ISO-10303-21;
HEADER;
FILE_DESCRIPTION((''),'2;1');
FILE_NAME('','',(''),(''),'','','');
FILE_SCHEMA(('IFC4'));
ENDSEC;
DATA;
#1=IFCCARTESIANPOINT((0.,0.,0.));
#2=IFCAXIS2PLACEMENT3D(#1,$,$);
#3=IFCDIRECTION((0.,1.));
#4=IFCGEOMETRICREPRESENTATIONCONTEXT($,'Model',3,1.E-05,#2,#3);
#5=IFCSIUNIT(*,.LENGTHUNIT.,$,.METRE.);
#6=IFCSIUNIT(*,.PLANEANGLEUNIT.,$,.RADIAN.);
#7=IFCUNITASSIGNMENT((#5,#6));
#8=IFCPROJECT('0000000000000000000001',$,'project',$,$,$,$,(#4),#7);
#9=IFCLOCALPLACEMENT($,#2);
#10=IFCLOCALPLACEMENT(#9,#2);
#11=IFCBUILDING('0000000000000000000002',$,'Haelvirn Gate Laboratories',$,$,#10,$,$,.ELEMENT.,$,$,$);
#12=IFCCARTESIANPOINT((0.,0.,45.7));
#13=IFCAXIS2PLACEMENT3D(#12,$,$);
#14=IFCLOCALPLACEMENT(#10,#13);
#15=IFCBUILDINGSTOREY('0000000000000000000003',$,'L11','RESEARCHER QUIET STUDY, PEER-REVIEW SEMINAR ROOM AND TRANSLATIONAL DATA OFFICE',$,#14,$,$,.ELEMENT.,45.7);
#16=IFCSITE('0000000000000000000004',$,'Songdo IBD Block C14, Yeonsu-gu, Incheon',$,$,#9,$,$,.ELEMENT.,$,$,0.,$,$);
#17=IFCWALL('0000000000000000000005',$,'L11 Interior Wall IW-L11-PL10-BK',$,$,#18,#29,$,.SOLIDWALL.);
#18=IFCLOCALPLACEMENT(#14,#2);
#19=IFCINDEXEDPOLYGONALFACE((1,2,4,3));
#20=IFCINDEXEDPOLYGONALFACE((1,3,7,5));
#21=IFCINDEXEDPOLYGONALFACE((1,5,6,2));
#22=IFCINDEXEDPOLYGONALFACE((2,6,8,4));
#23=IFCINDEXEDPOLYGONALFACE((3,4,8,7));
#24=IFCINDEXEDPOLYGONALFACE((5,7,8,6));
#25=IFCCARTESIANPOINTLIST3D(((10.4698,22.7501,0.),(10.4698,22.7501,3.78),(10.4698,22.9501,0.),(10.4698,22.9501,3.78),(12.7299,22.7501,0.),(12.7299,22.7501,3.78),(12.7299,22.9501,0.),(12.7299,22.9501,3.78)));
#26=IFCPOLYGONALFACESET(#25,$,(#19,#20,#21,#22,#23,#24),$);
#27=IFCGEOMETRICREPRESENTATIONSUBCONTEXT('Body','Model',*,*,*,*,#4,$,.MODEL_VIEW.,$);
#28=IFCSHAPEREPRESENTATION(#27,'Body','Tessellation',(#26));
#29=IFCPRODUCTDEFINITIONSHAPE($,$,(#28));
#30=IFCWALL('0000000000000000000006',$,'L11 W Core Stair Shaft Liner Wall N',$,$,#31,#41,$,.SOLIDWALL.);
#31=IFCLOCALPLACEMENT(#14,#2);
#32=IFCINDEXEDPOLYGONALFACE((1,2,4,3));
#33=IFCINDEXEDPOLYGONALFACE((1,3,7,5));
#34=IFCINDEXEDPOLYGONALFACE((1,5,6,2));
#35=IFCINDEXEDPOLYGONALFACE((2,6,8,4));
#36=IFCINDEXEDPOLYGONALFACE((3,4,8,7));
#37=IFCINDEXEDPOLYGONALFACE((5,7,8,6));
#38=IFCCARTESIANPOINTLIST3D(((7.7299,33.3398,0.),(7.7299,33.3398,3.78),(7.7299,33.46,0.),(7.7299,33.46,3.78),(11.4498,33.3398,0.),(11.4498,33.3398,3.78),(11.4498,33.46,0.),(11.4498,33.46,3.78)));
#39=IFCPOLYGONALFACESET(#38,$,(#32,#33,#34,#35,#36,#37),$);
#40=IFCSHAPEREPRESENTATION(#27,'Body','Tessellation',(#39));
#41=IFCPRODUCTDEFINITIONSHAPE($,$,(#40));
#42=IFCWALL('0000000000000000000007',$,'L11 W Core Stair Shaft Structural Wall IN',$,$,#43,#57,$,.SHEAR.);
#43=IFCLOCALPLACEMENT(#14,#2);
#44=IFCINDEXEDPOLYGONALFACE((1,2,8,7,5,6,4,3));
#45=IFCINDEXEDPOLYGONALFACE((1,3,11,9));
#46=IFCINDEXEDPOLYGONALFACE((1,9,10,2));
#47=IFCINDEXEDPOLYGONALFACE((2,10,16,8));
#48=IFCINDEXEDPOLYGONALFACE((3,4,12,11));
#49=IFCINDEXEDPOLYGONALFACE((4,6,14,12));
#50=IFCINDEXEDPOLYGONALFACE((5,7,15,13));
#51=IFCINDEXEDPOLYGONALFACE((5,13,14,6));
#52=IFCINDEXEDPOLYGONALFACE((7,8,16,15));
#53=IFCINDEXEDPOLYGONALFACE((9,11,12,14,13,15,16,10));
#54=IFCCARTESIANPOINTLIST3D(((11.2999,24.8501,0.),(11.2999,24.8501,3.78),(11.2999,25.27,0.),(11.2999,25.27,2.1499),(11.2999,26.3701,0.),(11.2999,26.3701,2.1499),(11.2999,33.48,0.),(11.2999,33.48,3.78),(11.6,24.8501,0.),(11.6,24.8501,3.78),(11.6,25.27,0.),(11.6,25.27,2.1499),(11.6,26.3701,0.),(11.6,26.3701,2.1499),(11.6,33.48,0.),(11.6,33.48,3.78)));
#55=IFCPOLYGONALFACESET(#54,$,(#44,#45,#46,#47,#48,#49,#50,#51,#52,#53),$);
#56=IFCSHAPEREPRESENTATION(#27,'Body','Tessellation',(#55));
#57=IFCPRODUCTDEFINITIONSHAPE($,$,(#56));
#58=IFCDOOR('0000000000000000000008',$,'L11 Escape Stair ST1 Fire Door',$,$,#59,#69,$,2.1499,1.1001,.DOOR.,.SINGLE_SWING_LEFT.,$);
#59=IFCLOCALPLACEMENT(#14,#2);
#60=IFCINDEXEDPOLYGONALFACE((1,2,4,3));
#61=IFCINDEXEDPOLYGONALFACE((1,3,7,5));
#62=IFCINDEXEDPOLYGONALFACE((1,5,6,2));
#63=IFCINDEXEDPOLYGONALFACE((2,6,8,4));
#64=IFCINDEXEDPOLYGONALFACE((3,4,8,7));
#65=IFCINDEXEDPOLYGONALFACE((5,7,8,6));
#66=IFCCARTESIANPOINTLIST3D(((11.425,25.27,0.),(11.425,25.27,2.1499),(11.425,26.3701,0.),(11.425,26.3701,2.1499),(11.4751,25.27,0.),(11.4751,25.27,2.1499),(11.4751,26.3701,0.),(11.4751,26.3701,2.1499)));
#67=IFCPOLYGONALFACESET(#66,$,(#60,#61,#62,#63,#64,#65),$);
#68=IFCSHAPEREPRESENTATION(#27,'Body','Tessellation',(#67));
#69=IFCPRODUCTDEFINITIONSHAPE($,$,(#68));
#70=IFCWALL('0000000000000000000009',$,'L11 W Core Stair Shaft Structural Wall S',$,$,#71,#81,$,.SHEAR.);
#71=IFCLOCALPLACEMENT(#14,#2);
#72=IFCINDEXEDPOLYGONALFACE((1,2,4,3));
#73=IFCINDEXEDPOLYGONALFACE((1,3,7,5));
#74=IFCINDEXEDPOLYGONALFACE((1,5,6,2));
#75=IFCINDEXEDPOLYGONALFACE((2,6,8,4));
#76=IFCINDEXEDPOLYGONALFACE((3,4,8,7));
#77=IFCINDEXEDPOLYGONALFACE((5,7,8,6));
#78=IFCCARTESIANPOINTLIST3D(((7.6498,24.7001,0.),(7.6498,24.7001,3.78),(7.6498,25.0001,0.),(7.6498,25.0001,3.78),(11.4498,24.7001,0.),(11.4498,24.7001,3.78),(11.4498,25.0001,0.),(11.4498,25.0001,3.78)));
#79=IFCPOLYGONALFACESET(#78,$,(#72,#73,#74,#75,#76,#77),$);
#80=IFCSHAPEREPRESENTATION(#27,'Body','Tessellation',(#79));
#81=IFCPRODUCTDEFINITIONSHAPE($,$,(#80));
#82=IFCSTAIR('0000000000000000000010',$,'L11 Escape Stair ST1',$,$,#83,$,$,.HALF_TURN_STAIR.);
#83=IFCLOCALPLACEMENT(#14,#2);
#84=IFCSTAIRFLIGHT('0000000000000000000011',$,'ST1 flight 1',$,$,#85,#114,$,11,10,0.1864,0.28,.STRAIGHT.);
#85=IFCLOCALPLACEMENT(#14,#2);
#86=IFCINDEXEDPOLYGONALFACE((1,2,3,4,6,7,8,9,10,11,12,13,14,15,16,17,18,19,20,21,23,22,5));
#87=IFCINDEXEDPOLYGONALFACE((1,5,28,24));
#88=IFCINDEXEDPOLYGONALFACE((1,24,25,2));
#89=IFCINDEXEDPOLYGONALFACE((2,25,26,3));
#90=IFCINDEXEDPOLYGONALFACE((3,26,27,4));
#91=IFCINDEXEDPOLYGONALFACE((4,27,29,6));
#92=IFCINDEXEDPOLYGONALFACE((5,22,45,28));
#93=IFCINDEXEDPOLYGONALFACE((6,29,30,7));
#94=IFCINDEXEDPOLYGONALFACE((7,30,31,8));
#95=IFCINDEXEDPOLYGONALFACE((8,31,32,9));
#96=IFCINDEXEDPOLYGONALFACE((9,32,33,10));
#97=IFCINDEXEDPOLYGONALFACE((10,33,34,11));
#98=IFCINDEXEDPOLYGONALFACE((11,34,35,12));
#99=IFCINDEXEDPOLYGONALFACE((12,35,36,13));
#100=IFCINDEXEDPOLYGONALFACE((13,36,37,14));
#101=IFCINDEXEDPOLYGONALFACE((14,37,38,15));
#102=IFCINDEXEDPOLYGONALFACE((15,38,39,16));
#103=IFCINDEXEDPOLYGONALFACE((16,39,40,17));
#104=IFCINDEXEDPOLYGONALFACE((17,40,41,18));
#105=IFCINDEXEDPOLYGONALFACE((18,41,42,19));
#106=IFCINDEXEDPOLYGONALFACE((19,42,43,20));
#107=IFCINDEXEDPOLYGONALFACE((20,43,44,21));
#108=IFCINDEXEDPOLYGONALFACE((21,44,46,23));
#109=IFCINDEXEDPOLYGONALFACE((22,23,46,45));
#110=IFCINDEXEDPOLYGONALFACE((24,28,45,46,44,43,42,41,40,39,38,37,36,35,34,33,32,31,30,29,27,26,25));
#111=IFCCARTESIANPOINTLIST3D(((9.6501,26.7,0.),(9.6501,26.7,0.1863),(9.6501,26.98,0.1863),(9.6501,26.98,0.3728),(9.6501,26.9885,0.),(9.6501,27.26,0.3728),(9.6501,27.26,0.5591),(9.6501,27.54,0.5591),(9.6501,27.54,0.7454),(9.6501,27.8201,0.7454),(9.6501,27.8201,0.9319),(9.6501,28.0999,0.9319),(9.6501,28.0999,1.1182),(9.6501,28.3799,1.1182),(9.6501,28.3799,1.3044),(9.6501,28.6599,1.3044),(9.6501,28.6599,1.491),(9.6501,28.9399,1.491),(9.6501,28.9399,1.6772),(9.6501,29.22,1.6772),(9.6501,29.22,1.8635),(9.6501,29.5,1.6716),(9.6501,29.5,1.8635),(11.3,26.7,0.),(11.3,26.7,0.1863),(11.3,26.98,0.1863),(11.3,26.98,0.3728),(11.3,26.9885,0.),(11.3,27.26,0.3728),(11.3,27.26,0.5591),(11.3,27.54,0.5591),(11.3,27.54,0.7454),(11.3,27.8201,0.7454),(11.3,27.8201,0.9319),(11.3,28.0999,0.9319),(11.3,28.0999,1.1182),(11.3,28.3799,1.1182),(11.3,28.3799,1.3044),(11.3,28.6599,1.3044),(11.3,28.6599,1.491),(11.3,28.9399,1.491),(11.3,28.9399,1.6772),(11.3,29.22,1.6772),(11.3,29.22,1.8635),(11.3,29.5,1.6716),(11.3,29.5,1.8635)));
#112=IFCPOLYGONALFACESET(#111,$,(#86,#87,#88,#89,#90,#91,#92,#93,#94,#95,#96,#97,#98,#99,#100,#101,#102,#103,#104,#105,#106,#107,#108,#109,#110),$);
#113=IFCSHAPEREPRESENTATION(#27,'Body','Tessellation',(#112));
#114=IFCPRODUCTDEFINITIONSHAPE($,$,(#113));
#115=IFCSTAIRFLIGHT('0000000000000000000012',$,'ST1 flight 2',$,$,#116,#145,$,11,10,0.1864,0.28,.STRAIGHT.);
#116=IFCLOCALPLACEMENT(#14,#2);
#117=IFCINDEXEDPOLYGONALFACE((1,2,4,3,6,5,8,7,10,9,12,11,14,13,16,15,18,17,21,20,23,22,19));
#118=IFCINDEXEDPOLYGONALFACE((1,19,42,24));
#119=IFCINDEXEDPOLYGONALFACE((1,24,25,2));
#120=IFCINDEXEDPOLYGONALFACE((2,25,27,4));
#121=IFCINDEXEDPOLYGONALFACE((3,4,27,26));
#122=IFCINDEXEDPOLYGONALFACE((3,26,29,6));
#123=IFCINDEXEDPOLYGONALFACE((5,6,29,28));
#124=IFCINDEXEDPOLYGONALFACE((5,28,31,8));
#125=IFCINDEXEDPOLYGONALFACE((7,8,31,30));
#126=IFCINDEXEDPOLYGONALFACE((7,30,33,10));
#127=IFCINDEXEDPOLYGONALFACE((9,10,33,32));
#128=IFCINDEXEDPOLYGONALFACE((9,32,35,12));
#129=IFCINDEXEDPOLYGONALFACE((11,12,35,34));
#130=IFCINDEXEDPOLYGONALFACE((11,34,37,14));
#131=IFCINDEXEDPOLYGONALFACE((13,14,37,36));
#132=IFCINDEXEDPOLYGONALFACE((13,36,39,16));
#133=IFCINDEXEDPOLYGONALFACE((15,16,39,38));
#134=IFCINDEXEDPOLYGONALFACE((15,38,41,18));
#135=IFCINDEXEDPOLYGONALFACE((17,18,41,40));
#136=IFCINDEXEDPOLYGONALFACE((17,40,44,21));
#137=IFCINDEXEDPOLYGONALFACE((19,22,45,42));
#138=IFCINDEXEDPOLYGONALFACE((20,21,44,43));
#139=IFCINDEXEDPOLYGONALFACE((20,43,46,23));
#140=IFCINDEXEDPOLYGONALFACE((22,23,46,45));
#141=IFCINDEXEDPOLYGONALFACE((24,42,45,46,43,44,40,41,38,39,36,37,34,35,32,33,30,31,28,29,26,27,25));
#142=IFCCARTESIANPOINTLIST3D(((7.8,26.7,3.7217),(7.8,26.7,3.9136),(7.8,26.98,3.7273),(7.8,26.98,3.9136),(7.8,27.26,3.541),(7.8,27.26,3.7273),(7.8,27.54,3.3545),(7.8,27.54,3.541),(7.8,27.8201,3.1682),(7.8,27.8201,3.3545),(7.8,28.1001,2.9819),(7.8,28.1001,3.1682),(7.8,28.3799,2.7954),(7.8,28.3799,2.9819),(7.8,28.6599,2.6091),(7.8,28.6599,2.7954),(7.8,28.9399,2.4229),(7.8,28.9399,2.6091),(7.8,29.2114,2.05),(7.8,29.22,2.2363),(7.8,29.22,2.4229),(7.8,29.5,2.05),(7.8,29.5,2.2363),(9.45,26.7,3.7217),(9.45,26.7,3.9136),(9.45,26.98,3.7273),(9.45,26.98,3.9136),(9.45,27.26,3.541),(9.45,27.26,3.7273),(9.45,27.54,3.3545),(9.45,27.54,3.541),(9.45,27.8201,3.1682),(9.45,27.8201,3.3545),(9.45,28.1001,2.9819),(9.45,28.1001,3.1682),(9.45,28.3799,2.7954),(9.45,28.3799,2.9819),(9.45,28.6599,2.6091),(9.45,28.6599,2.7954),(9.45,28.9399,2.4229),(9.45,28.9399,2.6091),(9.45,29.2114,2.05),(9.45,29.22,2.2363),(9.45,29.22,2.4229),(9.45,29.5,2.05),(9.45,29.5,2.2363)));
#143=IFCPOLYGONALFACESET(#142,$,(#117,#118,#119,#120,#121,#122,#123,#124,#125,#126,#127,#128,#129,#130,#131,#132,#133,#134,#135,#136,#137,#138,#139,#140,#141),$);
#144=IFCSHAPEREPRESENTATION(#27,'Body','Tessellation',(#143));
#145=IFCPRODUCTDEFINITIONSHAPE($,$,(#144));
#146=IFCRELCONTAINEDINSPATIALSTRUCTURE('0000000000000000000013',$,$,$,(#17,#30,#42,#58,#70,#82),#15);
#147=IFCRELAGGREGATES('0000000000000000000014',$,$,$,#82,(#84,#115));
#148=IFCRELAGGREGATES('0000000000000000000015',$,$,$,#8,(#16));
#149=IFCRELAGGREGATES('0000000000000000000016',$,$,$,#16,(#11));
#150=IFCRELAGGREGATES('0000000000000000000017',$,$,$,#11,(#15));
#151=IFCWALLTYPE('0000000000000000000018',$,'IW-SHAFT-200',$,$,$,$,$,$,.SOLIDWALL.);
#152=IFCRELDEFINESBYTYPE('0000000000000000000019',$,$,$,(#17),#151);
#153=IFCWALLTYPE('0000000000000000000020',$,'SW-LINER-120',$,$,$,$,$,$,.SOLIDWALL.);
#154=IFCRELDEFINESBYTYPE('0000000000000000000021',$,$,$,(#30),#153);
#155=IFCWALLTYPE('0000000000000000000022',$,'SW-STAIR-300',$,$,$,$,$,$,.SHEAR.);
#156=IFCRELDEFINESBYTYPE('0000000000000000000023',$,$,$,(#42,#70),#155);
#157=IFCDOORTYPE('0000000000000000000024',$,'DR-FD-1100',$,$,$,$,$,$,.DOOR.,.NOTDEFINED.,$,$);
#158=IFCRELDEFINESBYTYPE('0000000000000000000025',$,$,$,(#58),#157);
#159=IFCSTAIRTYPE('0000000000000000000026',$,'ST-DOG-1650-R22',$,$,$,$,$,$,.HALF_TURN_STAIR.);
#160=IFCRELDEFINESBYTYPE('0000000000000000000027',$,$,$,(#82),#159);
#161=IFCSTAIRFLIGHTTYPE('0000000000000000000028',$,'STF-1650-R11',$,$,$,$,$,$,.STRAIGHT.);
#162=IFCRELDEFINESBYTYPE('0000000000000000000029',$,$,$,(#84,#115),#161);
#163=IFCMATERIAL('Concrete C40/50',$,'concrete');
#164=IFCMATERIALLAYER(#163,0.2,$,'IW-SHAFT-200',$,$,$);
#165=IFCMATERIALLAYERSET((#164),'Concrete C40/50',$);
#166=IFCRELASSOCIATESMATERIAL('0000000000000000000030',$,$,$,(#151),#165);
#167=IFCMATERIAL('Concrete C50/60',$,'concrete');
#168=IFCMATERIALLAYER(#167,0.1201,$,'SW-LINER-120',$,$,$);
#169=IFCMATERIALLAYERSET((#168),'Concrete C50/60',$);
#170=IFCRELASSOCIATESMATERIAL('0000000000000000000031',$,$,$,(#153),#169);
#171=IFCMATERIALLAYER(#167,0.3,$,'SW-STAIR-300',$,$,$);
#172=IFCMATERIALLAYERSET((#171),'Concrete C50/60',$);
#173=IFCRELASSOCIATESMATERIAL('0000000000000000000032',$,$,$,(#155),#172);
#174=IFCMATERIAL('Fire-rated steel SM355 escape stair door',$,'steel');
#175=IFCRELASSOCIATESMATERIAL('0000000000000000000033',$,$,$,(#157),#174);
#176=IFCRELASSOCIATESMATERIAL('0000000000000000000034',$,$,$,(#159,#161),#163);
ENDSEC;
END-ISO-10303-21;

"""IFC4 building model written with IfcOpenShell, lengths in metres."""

from ifc_helpers import new_model, si_unit, direction, frame, frame_2d, origin, place, context, subcontext, project, spatial, polyline, rectangle, outline, extrude, source, transform, mapped, material, layer, layer_set, type_object, type_shapes, element, fill, aggregate, save


model = new_model("IFC4")

# Units and contexts
model_context = context("Model", 3, precision=1e-05, world=origin(), true_north=direction((0.0, 1.0)))
body_context = subcontext(model_context, "Body", "Model", "MODEL_VIEW")
ifc_project = project(units=[si_unit("LENGTHUNIT", "METRE"), si_unit("PLANEANGLEUNIT", "RADIAN")], contexts=[model_context])

# Site, building, storey
site_placement = place(None, origin())
site = spatial("IfcSite", under=ifc_project, at=site_placement, Name="Songdo IBD Block C14, Yeonsu-gu, Incheon", CompositionType="ELEMENT", RefElevation=0.0)
building_placement = place(site_placement, origin())
building = spatial("IfcBuilding", under=site, at=building_placement, Name="Haelvirn Gate Laboratories", CompositionType="ELEMENT")
storey_placement = place(building_placement, frame((0.0, 0.0, 45.7)))
storey = spatial("IfcBuildingStorey", under=building, at=storey_placement, Name="L11", Description="RESEARCHER QUIET STUDY, PEER-REVIEW SEMINAR ROOM AND TRANSLATIONAL DATA OFFICE", CompositionType="ELEMENT", Elevation=45.7)

# Walls
ifc_material_1 = material(Name="Concrete C40/50", Category="concrete")
ifc_layer_1 = layer(ifc_material_1, 0.2, Name="IW-SHAFT-200")
ifc_layer_set_1 = layer_set([ifc_layer_1], Name="Concrete C40/50")
wall_type_1 = type_object("IfcWallType", Name="IW-SHAFT-200", PredefinedType="SOLIDWALL", material=ifc_layer_set_1)
wall_1_placement = place(storey_placement, frame((10.47, 22.8501, 0.0), z_axis=(0.0, 0.0, 1.0), x_axis=(1.0, 0.0, 0.0)))
element("IfcWall", 1, at=wall_1_placement, inside=storey, type_object=wall_type_1, Name="L11 Interior Wall IW-L11-PL10-BK", PredefinedType="SOLIDWALL", context=body_context, shape_type="SweptSolid", body=[
    extrude(rectangle(XDim=2.26, YDim=0.2, at=frame_2d((1.1299, 0.0))), origin(), (0.0, 0.0, 1.0), 3.78),
])
ifc_material_2 = material(Name="Concrete C50/60", Category="concrete")
ifc_layer_2 = layer(ifc_material_2, 0.1201, Name="SW-LINER-120")
ifc_layer_set_2 = layer_set([ifc_layer_2], Name="Concrete C50/60")
wall_type_2 = type_object("IfcWallType", Name="SW-LINER-120", PredefinedType="SOLIDWALL", material=ifc_layer_set_2)
wall_2_placement = place(storey_placement, frame((7.73, 33.3999, 0.0), z_axis=(0.0, 0.0, 1.0), x_axis=(1.0, 0.0, 0.0)))
element("IfcWall", 2, at=wall_2_placement, inside=storey, type_object=wall_type_2, Name="L11 W Core Stair Shaft Liner Wall N", PredefinedType="SOLIDWALL", context=body_context, shape_type="SweptSolid", body=[
    extrude(rectangle(XDim=3.72, YDim=0.1201, at=frame_2d((1.8599, 0.0))), origin(), (0.0, 0.0, 1.0), 3.78),
])

# Wall, opening, door
ifc_layer_3 = layer(ifc_material_2, 0.3, Name="SW-STAIR-300")
ifc_layer_set_3 = layer_set([ifc_layer_3], Name="Concrete C50/60")
wall_type_3 = type_object("IfcWallType", Name="SW-STAIR-300", PredefinedType="SHEAR", material=ifc_layer_set_3)
wall_3_placement = place(storey_placement, frame((11.45, 24.8501, 0.0), z_axis=(0.0, 0.0, 1.0), x_axis=(0.0, 1.0, 0.0)))
wall_3 = element("IfcWall", 3, at=wall_3_placement, inside=storey, type_object=wall_type_3, Name="L11 W Core Stair Shaft Structural Wall IN", PredefinedType="SHEAR", context=body_context, shape_type="SweptSolid", body=[
    extrude(rectangle(XDim=8.6299, YDim=0.3, at=frame_2d((4.3149, 0.0))), origin(), (0.0, 0.0, 1.0), 3.78),
])
opening_1_placement = place(wall_3_placement, frame((0.4199, 0.0, 0.0)))
opening_1 = element("IfcOpeningElement", 4, at=opening_1_placement, cuts=wall_3, PredefinedType="OPENING", context=body_context, shape_type="SweptSolid", body=[
    extrude(rectangle(XDim=1.1001, YDim=2.1499, at=frame_2d((0.55, 1.075))), frame((0.0, 0.1602, 0.0), z_axis=(0.0, -1.0, 0.0), x_axis=(1.0, 0.0, 0.0)), (0.0, 0.0, 1.0), 0.3201),
])
ifc_material_3 = material(Name="Fire-rated steel SM355 escape stair door", Category="steel")
door_type_1 = type_object("IfcDoorType", Name="DR-FD-1100", OperationType="NOTDEFINED", PredefinedType="DOOR", material=ifc_material_3)
shared_shape_1 = source(origin(), body_context, "Body", "SweptSolid", [
    extrude(rectangle(XDim=1.1001, YDim=2.1499, at=frame_2d((0.55, 1.075))), frame((0.0, 0.0249, 0.0), z_axis=(0.0, -1.0, 0.0), x_axis=(1.0, 0.0, 0.0)), (0.0, 0.0, 1.0), 0.05),
])
type_shapes(door_type_1, [shared_shape_1])
door_1_placement = place(opening_1_placement, origin())
door_1 = element("IfcDoor", 5, at=door_1_placement, inside=storey, type_object=door_type_1, Name="L11 Escape Stair ST1 Fire Door", OperationType="SINGLE_SWING_LEFT", OverallHeight=2.1499, OverallWidth=1.1001, PredefinedType="DOOR", context=body_context, shape_type="MappedRepresentation", body=[
    mapped(shared_shape_1, transform((0.0, 0.0, 0.0), scale=1.0)),
])
fill(opening_1, door_1)

# Wall
wall_4_placement = place(storey_placement, frame((7.6499, 24.8501, 0.0), z_axis=(0.0, 0.0, 1.0), x_axis=(1.0, 0.0, 0.0)))
element("IfcWall", 6, at=wall_4_placement, inside=storey, type_object=wall_type_3, Name="L11 W Core Stair Shaft Structural Wall S", PredefinedType="SHEAR", context=body_context, shape_type="SweptSolid", body=[
    extrude(rectangle(XDim=3.8, YDim=0.3, at=frame_2d((1.8999, 0.0))), origin(), (0.0, 0.0, 1.0), 3.78),
])

# Stair, stair flights
stair_type = type_object("IfcStairType", Name="ST-DOG-1650-R22", PredefinedType="HALF_TURN_STAIR", material=ifc_material_1)
stair_placement = place(storey_placement, origin())
stair = element("IfcStair", 7, at=stair_placement, inside=storey, type_object=stair_type, Name="L11 Escape Stair ST1", PredefinedType="HALF_TURN_STAIR")
stair_flight_type = type_object("IfcStairFlightType", Name="STF-1650-R11", PredefinedType="STRAIGHT", material=ifc_material_1)
shared_shape_2 = source(origin(), body_context, "Body", "SweptSolid", [
    extrude(outline(polyline([(0.0, 0.0), (0.0, 0.1863), (0.28, 0.1863), (0.28, 0.3728), (0.5601, 0.3728), (0.5601, 0.5591), (0.8401, 0.5591), (0.8401, 0.7454), (1.1201, 0.7454), (1.1201, 0.9319), (1.3999, 0.9319), (1.3999, 1.1182), (1.6799, 1.1182), (1.6799, 1.3044), (1.96, 1.3044), (1.96, 1.491), (2.24, 1.491), (2.24, 1.6772), (2.52, 1.6772), (2.52, 1.8635), (2.8, 1.8635), (2.8, 2.05), (2.8, 1.6716), (0.2886, 0.0), (0.0, 0.0)])), frame((0.0, 0.825, 0.0), z_axis=(0.0, -1.0, 0.0), x_axis=(1.0, 0.0, 0.0)), (0.0, 0.0, 1.0), 1.6499),
])
type_shapes(stair_flight_type, [shared_shape_2])
stair_flight_1_placement = place(storey_placement, frame((10.4751, 26.7, 0.0), z_axis=(0.0, 0.0, 1.0), x_axis=(0.0, 1.0, 0.0)))
stair_flight_1 = element("IfcStairFlight", 8, at=stair_flight_1_placement, type_object=stair_flight_type, Name="ST1 flight 1", NumberOfRisers=11, NumberOfTreads=10, PredefinedType="STRAIGHT", RiserHeight=0.1864, TreadLength=0.28, context=body_context, shape_type="MappedRepresentation", body=[
    mapped(shared_shape_2, transform((0.0, 0.0, 0.0), scale=1.0)),
])
stair_flight_2_placement = place(storey_placement, frame((8.625, 29.5, 2.05), z_axis=(0.0, 0.0, 1.0), x_axis=(0.0, -1.0, 0.0)))
stair_flight_2 = element("IfcStairFlight", 9, at=stair_flight_2_placement, type_object=stair_flight_type, Name="ST1 flight 2", NumberOfRisers=11, NumberOfTreads=10, PredefinedType="STRAIGHT", RiserHeight=0.1864, TreadLength=0.28, context=body_context, shape_type="MappedRepresentation", body=[
    mapped(shared_shape_2, transform((0.0, 0.0, 0.0), scale=1.0)),
])
aggregate(stair, [stair_flight_1, stair_flight_2])

save(model, "model.ifc")
